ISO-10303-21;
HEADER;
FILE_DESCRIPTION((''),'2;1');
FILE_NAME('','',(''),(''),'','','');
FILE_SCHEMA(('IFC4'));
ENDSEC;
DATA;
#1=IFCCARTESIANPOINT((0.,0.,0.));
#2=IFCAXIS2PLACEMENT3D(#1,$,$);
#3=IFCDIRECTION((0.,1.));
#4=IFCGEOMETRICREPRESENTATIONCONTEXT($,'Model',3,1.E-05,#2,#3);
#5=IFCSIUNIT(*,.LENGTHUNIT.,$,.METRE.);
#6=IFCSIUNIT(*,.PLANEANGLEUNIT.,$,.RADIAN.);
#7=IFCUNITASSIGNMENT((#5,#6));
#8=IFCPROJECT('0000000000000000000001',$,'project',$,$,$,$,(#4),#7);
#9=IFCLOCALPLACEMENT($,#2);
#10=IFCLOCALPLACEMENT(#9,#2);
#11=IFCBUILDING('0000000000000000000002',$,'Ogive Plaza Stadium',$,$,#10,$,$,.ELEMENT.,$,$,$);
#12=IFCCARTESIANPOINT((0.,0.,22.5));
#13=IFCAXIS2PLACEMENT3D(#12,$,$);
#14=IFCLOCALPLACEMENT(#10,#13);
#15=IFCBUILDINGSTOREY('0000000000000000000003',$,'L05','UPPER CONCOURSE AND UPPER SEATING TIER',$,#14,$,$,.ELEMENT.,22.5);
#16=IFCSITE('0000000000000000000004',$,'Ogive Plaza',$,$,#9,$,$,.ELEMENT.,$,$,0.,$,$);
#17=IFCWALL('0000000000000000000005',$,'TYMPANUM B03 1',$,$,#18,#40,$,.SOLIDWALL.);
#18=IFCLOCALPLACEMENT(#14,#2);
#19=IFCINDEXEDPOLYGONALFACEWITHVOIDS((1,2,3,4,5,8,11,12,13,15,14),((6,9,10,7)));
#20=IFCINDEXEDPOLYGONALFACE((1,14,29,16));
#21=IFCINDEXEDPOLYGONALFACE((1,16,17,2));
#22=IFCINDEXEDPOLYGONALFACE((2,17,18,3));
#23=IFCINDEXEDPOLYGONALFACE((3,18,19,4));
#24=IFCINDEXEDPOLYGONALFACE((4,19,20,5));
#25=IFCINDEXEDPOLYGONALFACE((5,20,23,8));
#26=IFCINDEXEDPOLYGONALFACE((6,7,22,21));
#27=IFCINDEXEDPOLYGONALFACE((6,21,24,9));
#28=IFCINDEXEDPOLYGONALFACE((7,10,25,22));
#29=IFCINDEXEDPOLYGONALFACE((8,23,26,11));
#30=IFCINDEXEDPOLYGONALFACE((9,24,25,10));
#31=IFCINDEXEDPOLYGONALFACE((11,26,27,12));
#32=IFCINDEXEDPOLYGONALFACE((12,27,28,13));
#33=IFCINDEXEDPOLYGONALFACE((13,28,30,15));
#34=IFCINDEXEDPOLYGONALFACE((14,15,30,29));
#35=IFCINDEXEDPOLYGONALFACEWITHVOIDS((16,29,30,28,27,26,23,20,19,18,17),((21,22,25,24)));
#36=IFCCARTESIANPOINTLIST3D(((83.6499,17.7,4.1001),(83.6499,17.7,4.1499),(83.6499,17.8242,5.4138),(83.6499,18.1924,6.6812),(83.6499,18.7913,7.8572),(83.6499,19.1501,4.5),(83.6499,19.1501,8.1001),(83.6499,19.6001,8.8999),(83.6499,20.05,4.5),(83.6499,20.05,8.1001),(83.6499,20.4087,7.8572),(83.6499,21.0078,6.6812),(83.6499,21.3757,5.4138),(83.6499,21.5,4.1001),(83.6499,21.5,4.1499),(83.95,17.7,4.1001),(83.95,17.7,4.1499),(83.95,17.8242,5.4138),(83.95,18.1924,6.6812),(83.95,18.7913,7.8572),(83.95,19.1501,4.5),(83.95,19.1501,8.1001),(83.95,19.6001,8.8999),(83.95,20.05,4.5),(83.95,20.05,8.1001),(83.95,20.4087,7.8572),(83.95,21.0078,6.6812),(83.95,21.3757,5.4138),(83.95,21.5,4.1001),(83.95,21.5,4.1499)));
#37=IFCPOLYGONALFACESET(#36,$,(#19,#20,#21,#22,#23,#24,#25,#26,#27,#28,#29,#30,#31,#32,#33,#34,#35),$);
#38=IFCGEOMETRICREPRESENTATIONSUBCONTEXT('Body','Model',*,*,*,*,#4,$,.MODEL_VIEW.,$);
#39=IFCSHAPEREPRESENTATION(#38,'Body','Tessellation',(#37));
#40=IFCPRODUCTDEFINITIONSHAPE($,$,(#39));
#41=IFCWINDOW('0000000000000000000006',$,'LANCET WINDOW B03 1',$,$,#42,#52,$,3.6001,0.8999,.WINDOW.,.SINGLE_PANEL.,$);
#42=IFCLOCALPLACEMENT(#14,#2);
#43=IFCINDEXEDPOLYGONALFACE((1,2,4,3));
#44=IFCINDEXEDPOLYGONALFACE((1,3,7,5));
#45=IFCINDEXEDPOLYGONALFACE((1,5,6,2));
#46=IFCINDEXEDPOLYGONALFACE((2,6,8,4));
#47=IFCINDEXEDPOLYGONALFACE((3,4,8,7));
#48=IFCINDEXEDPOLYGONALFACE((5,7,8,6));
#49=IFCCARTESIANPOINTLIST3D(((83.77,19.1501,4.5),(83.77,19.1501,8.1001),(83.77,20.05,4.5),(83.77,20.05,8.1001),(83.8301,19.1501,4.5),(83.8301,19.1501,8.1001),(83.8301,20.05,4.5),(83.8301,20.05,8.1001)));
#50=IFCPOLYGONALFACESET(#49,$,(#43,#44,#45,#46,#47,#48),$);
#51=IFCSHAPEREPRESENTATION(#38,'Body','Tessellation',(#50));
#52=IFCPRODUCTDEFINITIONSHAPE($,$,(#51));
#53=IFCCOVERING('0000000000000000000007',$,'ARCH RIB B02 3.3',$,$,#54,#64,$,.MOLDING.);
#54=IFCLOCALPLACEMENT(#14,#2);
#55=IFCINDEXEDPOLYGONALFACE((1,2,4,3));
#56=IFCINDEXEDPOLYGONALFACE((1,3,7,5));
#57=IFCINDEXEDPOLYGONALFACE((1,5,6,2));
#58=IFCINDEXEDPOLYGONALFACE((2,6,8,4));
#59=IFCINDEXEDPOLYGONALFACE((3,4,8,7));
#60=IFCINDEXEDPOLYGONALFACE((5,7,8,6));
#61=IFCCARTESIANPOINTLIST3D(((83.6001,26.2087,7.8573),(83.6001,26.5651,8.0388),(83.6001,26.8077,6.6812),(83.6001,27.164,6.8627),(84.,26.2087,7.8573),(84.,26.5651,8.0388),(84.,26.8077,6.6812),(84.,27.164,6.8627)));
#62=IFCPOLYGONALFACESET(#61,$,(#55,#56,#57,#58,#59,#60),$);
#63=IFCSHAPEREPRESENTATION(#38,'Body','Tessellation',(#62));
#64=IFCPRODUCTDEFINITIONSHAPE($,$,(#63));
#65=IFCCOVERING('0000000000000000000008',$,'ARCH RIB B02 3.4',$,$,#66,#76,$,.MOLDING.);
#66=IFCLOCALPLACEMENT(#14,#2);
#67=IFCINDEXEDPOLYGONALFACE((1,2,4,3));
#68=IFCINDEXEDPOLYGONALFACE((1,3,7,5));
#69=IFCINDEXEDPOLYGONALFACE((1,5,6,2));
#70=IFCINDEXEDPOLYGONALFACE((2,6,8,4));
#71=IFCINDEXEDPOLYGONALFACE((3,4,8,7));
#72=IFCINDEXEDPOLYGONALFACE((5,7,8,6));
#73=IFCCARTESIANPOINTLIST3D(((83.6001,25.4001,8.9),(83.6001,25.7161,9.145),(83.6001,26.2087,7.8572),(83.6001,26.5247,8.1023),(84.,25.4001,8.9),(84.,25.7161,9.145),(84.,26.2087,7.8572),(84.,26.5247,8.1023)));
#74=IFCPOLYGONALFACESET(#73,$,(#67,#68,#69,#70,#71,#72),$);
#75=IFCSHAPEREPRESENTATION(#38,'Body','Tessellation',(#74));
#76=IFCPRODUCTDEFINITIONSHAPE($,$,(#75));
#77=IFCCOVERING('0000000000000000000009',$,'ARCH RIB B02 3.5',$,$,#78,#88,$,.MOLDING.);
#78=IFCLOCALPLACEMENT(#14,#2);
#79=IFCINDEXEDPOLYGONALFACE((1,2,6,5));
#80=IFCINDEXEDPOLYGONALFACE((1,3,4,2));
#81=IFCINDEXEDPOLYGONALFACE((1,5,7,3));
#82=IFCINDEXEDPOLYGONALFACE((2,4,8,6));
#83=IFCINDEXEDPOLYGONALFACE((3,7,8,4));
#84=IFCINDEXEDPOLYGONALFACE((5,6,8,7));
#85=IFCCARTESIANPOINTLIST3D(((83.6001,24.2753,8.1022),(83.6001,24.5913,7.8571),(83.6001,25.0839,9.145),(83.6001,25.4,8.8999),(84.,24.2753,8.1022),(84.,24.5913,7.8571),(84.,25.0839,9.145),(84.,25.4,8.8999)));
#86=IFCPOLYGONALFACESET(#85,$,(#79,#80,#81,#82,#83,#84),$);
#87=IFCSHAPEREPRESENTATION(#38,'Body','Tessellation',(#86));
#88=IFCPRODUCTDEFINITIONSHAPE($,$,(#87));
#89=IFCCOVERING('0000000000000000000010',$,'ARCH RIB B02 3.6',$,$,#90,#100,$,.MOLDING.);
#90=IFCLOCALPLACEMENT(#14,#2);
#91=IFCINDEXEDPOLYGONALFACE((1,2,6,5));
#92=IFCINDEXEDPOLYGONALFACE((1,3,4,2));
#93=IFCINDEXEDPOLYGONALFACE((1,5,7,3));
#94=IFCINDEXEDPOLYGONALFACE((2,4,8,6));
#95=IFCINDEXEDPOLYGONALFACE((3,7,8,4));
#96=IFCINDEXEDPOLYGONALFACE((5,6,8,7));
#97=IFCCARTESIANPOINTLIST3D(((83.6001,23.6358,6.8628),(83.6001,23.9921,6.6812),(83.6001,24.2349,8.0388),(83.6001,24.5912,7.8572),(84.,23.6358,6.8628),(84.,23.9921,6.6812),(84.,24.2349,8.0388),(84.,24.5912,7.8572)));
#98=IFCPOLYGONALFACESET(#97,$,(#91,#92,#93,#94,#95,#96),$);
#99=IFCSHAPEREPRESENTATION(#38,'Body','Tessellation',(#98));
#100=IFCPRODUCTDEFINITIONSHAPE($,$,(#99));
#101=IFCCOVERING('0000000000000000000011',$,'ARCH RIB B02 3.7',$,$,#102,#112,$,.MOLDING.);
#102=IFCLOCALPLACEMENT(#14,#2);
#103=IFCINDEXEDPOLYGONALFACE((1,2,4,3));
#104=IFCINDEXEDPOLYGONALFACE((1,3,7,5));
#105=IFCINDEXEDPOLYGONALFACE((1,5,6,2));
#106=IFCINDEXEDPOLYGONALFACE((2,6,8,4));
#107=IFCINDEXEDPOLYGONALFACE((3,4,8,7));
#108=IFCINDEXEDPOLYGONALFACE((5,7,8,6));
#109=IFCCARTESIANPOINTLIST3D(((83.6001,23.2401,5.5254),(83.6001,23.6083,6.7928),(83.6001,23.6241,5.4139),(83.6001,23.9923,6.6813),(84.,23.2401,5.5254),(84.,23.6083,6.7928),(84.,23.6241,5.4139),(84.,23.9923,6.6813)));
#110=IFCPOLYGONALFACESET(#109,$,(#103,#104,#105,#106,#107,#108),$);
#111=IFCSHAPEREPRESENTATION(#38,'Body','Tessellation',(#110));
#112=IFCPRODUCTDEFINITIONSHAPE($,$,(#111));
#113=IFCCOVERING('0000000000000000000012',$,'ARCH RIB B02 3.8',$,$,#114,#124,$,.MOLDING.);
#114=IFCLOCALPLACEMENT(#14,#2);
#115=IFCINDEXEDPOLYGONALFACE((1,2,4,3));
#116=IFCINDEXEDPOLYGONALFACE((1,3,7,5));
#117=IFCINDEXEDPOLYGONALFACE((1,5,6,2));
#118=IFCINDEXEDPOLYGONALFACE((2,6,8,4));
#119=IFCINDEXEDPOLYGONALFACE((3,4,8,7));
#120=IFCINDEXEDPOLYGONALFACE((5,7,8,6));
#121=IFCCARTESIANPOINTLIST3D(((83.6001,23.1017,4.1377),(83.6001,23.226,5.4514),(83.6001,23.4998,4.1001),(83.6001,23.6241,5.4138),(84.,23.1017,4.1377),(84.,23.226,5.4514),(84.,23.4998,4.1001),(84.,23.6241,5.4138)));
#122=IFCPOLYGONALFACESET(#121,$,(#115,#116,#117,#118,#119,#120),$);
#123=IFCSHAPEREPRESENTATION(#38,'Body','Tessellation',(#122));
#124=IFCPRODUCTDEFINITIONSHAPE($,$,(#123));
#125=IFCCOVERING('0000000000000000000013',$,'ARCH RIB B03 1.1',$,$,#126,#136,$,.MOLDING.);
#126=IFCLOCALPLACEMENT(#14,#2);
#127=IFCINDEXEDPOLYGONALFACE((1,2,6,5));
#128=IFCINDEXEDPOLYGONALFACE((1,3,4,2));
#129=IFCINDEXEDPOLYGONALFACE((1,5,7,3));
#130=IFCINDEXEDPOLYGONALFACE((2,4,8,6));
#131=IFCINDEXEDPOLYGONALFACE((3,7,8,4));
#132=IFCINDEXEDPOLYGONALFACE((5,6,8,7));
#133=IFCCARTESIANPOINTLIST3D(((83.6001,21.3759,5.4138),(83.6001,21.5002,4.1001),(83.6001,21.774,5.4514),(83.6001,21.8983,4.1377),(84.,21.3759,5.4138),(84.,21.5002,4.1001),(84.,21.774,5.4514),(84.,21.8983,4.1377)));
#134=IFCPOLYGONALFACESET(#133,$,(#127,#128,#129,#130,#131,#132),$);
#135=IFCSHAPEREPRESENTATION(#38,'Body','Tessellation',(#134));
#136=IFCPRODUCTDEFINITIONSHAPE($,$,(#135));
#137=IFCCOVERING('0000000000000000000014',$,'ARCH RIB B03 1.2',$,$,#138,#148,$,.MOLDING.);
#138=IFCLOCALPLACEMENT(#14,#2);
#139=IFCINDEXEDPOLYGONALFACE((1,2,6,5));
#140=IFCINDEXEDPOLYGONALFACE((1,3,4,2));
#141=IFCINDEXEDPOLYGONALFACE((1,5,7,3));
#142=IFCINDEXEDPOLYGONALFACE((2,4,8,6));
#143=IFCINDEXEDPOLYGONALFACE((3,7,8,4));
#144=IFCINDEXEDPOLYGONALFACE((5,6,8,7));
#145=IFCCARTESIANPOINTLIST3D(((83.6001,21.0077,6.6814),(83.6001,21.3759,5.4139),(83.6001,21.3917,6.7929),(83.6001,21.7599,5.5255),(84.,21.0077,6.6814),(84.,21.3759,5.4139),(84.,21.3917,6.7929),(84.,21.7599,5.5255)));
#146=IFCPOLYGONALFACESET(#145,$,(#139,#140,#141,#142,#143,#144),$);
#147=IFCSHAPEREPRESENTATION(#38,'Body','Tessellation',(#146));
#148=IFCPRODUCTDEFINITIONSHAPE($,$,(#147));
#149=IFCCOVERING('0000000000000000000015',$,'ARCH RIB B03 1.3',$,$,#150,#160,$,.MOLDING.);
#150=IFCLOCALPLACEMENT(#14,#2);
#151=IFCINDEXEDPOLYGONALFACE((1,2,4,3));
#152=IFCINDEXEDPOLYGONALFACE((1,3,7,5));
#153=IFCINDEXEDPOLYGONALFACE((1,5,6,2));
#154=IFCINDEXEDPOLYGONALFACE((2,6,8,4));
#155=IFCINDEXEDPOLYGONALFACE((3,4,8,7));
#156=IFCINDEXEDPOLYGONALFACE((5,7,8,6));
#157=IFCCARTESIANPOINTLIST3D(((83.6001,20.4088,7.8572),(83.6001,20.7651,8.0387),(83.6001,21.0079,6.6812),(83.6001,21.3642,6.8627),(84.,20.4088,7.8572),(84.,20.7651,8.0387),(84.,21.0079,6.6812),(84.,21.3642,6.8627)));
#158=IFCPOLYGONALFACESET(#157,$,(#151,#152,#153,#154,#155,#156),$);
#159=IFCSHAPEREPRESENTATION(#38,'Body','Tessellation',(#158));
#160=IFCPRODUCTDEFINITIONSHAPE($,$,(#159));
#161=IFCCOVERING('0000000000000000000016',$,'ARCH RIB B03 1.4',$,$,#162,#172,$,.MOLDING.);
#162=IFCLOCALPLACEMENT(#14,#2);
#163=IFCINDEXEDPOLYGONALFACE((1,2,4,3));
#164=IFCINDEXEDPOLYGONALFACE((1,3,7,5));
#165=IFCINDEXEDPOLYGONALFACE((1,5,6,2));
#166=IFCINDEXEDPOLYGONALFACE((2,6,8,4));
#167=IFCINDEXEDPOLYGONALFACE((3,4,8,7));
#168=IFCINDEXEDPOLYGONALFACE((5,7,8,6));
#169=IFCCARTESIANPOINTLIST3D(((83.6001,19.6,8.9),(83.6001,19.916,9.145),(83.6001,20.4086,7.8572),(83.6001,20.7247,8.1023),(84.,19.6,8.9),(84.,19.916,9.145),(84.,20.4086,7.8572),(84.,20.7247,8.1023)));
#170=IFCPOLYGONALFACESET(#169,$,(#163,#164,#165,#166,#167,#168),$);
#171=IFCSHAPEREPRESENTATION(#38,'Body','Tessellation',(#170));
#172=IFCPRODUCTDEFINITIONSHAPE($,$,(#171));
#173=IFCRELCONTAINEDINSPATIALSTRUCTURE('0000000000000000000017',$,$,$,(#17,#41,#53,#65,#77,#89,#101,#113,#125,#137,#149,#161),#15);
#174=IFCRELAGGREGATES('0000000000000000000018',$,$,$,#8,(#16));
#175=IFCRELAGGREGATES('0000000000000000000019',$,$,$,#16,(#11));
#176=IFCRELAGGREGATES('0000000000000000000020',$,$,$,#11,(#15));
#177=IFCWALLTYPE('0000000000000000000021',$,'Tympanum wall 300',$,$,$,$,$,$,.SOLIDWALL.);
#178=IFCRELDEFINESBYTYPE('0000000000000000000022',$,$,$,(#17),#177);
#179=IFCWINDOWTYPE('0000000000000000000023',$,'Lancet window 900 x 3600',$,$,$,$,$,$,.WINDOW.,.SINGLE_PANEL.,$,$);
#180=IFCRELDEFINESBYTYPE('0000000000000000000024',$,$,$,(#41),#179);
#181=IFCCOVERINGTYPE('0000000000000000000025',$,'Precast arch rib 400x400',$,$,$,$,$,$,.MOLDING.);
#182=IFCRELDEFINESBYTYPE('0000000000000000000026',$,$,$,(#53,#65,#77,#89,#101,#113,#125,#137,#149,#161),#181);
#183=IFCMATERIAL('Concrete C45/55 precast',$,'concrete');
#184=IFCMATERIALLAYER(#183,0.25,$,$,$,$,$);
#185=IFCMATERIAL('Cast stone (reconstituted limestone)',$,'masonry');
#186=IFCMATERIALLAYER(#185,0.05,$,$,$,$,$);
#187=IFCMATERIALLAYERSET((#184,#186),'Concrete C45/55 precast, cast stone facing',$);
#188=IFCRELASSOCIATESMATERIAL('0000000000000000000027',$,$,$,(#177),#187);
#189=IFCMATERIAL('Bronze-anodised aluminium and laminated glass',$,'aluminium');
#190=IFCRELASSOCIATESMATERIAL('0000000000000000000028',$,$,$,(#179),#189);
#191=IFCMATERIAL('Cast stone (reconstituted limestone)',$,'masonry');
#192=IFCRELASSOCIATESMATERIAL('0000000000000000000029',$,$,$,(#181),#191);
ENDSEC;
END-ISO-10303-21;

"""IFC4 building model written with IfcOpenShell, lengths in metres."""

from ifc_helpers import new_model, si_unit, direction, frame, frame_2d, origin, origin_2d, place, context, subcontext, project, spatial, polyline, rectangle, outline, extrude, material, layer, layer_set, material_profile, profile_set, type_object, element, fill, save


model = new_model("IFC4")

# Units and contexts
model_context = context("Model", 3, precision=1e-05, world=origin(), true_north=direction((0.0, 1.0)))
body_context = subcontext(model_context, "Body", "Model", "MODEL_VIEW")
ifc_project = project(units=[si_unit("LENGTHUNIT", "METRE"), si_unit("PLANEANGLEUNIT", "RADIAN")], contexts=[model_context])

# Site, building, storey
site_placement = place(None, origin())
site = spatial("IfcSite", under=ifc_project, at=site_placement, Name="Ogive Plaza", CompositionType="ELEMENT", RefElevation=0.0)
building_placement = place(site_placement, origin())
building = spatial("IfcBuilding", under=site, at=building_placement, Name="Ogive Plaza Stadium", CompositionType="ELEMENT")
storey_placement = place(building_placement, frame((0.0, 0.0, 22.5)))
storey = spatial("IfcBuildingStorey", under=building, at=storey_placement, Name="L05", Description="UPPER CONCOURSE AND UPPER SEATING TIER", CompositionType="ELEMENT", Elevation=22.5)

# Wall, opening, window
ifc_material_1 = material(Name="Concrete C45/55 precast", Category="concrete")
ifc_layer_1 = layer(ifc_material_1, 0.25)
ifc_material_2 = material(Name="Cast stone (reconstituted limestone)", Category="masonry")
ifc_layer_2 = layer(ifc_material_2, 0.05)
ifc_layer_set_1 = layer_set([ifc_layer_1, ifc_layer_2], Name="Concrete C45/55 precast, cast stone facing")
wall_type = type_object("IfcWallType", Name="Tympanum wall 300", PredefinedType="SOLIDWALL", material=ifc_layer_set_1)
wall_placement = place(storey_placement, frame((83.8, 21.5, 4.1001), z_axis=(0.0, 0.0, 1.0), x_axis=(0.0, -1.0, 0.0)))
wall = element("IfcWall", 1, at=wall_placement, inside=storey, type_object=wall_type, Name="TYMPANUM B03 1", PredefinedType="SOLIDWALL", context=body_context, shape_type="SweptSolid", body=[
    extrude(outline(polyline([(0.0, 0.0), (3.8, 0.0), (3.8, 0.0498), (3.6758, 1.3137), (3.3076, 2.5811), (2.7087, 3.7571), (1.8999, 4.7998), (1.0913, 3.7571), (0.4922, 2.5811), (0.1243, 1.3137), (0.0, 0.0498), (0.0, 0.0)])), frame((0.0, 0.1499, 0.0), z_axis=(0.0, -1.0, 0.0), x_axis=(1.0, 0.0, 0.0)), (0.0, 0.0, 1.0), 0.3),
])
opening_placement = place(wall_placement, frame((1.45, 0.0, 0.3999)))
opening = element("IfcOpeningElement", 2, at=opening_placement, cuts=wall, PredefinedType="OPENING", context=body_context, shape_type="SweptSolid", body=[
    extrude(rectangle(XDim=0.8999, YDim=3.6001, at=frame_2d((0.45, 1.8))), frame((0.0, 0.1602, 0.0), z_axis=(0.0, -1.0, 0.0), x_axis=(1.0, 0.0, 0.0)), (0.0, 0.0, 1.0), 0.3201),
])
ifc_material_3 = material(Name="Bronze-anodised aluminium and laminated glass", Category="aluminium")
window_type = type_object("IfcWindowType", Name="Lancet window 900 x 3600", PartitioningType="SINGLE_PANEL", PredefinedType="WINDOW", material=ifc_material_3)
window_placement = place(opening_placement, origin())
window = element("IfcWindow", 3, at=window_placement, inside=storey, type_object=window_type, Name="LANCET WINDOW B03 1", OverallHeight=3.6001, OverallWidth=0.8999, PartitioningType="SINGLE_PANEL", PredefinedType="WINDOW", context=body_context, shape_type="SweptSolid", body=[
    extrude(rectangle(XDim=0.8999, YDim=3.6001, at=frame_2d((0.45, 1.8))), frame((0.0, 0.03, 0.0), z_axis=(0.0, -1.0, 0.0), x_axis=(1.0, 0.0, 0.0)), (0.0, 0.0, 1.0), 0.0601),
])
fill(opening, window)

# Coverings
ifc_material_4 = material(Name="Cast stone (reconstituted limestone)", Category="masonry")
ifc_material_profile_1 = material_profile(ifc_material_4, rectangle(XDim=0.3999, YDim=0.3999, at=origin_2d()), Name="Cast stone 400x400")
ifc_profile_set_1 = profile_set([ifc_material_profile_1], Name="Cast stone (reconstituted limestone)")
covering_type = type_object("IfcCoveringType", Name="Precast arch rib 400x400", PredefinedType="MOLDING", material=ifc_profile_set_1)
covering_1_placement = place(storey_placement, frame((83.8, 26.9858, 6.772), z_axis=(0.0, -0.453787, 0.89111), x_axis=(1.0, 0.0, 0.0)))
element("IfcCovering", 4, at=covering_1_placement, inside=storey, type_object=covering_type, Name="ARCH RIB B02 3.3", PredefinedType="MOLDING", context=body_context, shape_type="SweptSolid", body=[
    extrude(rectangle(XDim=0.3999, YDim=0.3999, at=origin_2d()), origin(), (0.0, 0.0, 1.0), 1.3198),
])
for number, where, z_axis, x_axis, name in (
    (5, (83.8, 26.3667, 7.9797), (0.0, -0.6128, 0.790238), (1.0, 0.0, 0.0), "ARCH RIB B02 3.4"),
    (6, (83.8, 25.2419, 9.0225), (0.0, -0.6128, -0.790238), (1.0, 0.0, 0.0), "ARCH RIB B02 3.5"),
):
    element("IfcCovering", number, at=place(storey_placement, frame(where, z_axis=z_axis, x_axis=x_axis)), inside=storey, type_object=covering_type, Name=name, PredefinedType="MOLDING", context=body_context, shape_type="SweptSolid", body=[
        extrude(rectangle(XDim=0.3999, YDim=0.3999, at=origin_2d()), origin(), (0.0, 0.0, 1.0), 1.3196),
    ])
for number, where, z_axis, x_axis, name in (
    (7, (83.8, 24.4131, 7.948), (0.0, -0.453934, -0.891035), (1.0, 0.0, 0.0), "ARCH RIB B02 3.6"),
    (8, (83.8, 23.8003, 6.7371), (0.0, -0.27897, -0.9603), (1.0, 0.0, 0.0), "ARCH RIB B02 3.7"),
):
    element("IfcCovering", number, at=place(storey_placement, frame(where, z_axis=z_axis, x_axis=x_axis)), inside=storey, type_object=covering_type, Name=name, PredefinedType="MOLDING", context=body_context, shape_type="SweptSolid", body=[
        extrude(rectangle(XDim=0.3999, YDim=0.3999, at=origin_2d()), origin(), (0.0, 0.0, 1.0), 1.3198),
    ])
for number, where, z_axis, x_axis, name in (
    (9, (83.8, 23.425, 5.4326), (0.0, -0.094172, -0.995556), (1.0, 0.0, 0.0), "ARCH RIB B02 3.8"),
    (10, (83.8, 21.6992, 4.1189), (0.0, -0.094172, 0.995556), (1.0, 0.0, 0.0), "ARCH RIB B03 1.1"),
):
    element("IfcCovering", number, at=place(storey_placement, frame(where, z_axis=z_axis, x_axis=x_axis)), inside=storey, type_object=covering_type, Name=name, PredefinedType="MOLDING", context=body_context, shape_type="SweptSolid", body=[
        extrude(rectangle(XDim=0.3999, YDim=0.3999, at=origin_2d()), origin(), (0.0, 0.0, 1.0), 1.3196),
    ])
for number, where, z_axis, x_axis, name in (
    (11, (83.8, 21.5679, 5.4697), (0.0, -0.27897, 0.9603), (1.0, 0.0, 0.0), "ARCH RIB B03 1.2"),
    (12, (83.8, 21.186, 6.772), (0.0, -0.453934, 0.891035), (1.0, 0.0, 0.0), "ARCH RIB B03 1.3"),
):
    element("IfcCovering", number, at=place(storey_placement, frame(where, z_axis=z_axis, x_axis=x_axis)), inside=storey, type_object=covering_type, Name=name, PredefinedType="MOLDING", context=body_context, shape_type="SweptSolid", body=[
        extrude(rectangle(XDim=0.3999, YDim=0.3999, at=origin_2d()), origin(), (0.0, 0.0, 1.0), 1.3198),
    ])
covering_2_placement = place(storey_placement, frame((83.8, 20.5667, 7.9797), z_axis=(0.0, -0.6128, 0.790238), x_axis=(1.0, 0.0, 0.0)))
element("IfcCovering", 13, at=covering_2_placement, inside=storey, type_object=covering_type, Name="ARCH RIB B03 1.4", PredefinedType="MOLDING", context=body_context, shape_type="SweptSolid", body=[
    extrude(rectangle(XDim=0.3999, YDim=0.3999, at=origin_2d()), origin(), (0.0, 0.0, 1.0), 1.3196),
])

save(model, "model.ifc")
